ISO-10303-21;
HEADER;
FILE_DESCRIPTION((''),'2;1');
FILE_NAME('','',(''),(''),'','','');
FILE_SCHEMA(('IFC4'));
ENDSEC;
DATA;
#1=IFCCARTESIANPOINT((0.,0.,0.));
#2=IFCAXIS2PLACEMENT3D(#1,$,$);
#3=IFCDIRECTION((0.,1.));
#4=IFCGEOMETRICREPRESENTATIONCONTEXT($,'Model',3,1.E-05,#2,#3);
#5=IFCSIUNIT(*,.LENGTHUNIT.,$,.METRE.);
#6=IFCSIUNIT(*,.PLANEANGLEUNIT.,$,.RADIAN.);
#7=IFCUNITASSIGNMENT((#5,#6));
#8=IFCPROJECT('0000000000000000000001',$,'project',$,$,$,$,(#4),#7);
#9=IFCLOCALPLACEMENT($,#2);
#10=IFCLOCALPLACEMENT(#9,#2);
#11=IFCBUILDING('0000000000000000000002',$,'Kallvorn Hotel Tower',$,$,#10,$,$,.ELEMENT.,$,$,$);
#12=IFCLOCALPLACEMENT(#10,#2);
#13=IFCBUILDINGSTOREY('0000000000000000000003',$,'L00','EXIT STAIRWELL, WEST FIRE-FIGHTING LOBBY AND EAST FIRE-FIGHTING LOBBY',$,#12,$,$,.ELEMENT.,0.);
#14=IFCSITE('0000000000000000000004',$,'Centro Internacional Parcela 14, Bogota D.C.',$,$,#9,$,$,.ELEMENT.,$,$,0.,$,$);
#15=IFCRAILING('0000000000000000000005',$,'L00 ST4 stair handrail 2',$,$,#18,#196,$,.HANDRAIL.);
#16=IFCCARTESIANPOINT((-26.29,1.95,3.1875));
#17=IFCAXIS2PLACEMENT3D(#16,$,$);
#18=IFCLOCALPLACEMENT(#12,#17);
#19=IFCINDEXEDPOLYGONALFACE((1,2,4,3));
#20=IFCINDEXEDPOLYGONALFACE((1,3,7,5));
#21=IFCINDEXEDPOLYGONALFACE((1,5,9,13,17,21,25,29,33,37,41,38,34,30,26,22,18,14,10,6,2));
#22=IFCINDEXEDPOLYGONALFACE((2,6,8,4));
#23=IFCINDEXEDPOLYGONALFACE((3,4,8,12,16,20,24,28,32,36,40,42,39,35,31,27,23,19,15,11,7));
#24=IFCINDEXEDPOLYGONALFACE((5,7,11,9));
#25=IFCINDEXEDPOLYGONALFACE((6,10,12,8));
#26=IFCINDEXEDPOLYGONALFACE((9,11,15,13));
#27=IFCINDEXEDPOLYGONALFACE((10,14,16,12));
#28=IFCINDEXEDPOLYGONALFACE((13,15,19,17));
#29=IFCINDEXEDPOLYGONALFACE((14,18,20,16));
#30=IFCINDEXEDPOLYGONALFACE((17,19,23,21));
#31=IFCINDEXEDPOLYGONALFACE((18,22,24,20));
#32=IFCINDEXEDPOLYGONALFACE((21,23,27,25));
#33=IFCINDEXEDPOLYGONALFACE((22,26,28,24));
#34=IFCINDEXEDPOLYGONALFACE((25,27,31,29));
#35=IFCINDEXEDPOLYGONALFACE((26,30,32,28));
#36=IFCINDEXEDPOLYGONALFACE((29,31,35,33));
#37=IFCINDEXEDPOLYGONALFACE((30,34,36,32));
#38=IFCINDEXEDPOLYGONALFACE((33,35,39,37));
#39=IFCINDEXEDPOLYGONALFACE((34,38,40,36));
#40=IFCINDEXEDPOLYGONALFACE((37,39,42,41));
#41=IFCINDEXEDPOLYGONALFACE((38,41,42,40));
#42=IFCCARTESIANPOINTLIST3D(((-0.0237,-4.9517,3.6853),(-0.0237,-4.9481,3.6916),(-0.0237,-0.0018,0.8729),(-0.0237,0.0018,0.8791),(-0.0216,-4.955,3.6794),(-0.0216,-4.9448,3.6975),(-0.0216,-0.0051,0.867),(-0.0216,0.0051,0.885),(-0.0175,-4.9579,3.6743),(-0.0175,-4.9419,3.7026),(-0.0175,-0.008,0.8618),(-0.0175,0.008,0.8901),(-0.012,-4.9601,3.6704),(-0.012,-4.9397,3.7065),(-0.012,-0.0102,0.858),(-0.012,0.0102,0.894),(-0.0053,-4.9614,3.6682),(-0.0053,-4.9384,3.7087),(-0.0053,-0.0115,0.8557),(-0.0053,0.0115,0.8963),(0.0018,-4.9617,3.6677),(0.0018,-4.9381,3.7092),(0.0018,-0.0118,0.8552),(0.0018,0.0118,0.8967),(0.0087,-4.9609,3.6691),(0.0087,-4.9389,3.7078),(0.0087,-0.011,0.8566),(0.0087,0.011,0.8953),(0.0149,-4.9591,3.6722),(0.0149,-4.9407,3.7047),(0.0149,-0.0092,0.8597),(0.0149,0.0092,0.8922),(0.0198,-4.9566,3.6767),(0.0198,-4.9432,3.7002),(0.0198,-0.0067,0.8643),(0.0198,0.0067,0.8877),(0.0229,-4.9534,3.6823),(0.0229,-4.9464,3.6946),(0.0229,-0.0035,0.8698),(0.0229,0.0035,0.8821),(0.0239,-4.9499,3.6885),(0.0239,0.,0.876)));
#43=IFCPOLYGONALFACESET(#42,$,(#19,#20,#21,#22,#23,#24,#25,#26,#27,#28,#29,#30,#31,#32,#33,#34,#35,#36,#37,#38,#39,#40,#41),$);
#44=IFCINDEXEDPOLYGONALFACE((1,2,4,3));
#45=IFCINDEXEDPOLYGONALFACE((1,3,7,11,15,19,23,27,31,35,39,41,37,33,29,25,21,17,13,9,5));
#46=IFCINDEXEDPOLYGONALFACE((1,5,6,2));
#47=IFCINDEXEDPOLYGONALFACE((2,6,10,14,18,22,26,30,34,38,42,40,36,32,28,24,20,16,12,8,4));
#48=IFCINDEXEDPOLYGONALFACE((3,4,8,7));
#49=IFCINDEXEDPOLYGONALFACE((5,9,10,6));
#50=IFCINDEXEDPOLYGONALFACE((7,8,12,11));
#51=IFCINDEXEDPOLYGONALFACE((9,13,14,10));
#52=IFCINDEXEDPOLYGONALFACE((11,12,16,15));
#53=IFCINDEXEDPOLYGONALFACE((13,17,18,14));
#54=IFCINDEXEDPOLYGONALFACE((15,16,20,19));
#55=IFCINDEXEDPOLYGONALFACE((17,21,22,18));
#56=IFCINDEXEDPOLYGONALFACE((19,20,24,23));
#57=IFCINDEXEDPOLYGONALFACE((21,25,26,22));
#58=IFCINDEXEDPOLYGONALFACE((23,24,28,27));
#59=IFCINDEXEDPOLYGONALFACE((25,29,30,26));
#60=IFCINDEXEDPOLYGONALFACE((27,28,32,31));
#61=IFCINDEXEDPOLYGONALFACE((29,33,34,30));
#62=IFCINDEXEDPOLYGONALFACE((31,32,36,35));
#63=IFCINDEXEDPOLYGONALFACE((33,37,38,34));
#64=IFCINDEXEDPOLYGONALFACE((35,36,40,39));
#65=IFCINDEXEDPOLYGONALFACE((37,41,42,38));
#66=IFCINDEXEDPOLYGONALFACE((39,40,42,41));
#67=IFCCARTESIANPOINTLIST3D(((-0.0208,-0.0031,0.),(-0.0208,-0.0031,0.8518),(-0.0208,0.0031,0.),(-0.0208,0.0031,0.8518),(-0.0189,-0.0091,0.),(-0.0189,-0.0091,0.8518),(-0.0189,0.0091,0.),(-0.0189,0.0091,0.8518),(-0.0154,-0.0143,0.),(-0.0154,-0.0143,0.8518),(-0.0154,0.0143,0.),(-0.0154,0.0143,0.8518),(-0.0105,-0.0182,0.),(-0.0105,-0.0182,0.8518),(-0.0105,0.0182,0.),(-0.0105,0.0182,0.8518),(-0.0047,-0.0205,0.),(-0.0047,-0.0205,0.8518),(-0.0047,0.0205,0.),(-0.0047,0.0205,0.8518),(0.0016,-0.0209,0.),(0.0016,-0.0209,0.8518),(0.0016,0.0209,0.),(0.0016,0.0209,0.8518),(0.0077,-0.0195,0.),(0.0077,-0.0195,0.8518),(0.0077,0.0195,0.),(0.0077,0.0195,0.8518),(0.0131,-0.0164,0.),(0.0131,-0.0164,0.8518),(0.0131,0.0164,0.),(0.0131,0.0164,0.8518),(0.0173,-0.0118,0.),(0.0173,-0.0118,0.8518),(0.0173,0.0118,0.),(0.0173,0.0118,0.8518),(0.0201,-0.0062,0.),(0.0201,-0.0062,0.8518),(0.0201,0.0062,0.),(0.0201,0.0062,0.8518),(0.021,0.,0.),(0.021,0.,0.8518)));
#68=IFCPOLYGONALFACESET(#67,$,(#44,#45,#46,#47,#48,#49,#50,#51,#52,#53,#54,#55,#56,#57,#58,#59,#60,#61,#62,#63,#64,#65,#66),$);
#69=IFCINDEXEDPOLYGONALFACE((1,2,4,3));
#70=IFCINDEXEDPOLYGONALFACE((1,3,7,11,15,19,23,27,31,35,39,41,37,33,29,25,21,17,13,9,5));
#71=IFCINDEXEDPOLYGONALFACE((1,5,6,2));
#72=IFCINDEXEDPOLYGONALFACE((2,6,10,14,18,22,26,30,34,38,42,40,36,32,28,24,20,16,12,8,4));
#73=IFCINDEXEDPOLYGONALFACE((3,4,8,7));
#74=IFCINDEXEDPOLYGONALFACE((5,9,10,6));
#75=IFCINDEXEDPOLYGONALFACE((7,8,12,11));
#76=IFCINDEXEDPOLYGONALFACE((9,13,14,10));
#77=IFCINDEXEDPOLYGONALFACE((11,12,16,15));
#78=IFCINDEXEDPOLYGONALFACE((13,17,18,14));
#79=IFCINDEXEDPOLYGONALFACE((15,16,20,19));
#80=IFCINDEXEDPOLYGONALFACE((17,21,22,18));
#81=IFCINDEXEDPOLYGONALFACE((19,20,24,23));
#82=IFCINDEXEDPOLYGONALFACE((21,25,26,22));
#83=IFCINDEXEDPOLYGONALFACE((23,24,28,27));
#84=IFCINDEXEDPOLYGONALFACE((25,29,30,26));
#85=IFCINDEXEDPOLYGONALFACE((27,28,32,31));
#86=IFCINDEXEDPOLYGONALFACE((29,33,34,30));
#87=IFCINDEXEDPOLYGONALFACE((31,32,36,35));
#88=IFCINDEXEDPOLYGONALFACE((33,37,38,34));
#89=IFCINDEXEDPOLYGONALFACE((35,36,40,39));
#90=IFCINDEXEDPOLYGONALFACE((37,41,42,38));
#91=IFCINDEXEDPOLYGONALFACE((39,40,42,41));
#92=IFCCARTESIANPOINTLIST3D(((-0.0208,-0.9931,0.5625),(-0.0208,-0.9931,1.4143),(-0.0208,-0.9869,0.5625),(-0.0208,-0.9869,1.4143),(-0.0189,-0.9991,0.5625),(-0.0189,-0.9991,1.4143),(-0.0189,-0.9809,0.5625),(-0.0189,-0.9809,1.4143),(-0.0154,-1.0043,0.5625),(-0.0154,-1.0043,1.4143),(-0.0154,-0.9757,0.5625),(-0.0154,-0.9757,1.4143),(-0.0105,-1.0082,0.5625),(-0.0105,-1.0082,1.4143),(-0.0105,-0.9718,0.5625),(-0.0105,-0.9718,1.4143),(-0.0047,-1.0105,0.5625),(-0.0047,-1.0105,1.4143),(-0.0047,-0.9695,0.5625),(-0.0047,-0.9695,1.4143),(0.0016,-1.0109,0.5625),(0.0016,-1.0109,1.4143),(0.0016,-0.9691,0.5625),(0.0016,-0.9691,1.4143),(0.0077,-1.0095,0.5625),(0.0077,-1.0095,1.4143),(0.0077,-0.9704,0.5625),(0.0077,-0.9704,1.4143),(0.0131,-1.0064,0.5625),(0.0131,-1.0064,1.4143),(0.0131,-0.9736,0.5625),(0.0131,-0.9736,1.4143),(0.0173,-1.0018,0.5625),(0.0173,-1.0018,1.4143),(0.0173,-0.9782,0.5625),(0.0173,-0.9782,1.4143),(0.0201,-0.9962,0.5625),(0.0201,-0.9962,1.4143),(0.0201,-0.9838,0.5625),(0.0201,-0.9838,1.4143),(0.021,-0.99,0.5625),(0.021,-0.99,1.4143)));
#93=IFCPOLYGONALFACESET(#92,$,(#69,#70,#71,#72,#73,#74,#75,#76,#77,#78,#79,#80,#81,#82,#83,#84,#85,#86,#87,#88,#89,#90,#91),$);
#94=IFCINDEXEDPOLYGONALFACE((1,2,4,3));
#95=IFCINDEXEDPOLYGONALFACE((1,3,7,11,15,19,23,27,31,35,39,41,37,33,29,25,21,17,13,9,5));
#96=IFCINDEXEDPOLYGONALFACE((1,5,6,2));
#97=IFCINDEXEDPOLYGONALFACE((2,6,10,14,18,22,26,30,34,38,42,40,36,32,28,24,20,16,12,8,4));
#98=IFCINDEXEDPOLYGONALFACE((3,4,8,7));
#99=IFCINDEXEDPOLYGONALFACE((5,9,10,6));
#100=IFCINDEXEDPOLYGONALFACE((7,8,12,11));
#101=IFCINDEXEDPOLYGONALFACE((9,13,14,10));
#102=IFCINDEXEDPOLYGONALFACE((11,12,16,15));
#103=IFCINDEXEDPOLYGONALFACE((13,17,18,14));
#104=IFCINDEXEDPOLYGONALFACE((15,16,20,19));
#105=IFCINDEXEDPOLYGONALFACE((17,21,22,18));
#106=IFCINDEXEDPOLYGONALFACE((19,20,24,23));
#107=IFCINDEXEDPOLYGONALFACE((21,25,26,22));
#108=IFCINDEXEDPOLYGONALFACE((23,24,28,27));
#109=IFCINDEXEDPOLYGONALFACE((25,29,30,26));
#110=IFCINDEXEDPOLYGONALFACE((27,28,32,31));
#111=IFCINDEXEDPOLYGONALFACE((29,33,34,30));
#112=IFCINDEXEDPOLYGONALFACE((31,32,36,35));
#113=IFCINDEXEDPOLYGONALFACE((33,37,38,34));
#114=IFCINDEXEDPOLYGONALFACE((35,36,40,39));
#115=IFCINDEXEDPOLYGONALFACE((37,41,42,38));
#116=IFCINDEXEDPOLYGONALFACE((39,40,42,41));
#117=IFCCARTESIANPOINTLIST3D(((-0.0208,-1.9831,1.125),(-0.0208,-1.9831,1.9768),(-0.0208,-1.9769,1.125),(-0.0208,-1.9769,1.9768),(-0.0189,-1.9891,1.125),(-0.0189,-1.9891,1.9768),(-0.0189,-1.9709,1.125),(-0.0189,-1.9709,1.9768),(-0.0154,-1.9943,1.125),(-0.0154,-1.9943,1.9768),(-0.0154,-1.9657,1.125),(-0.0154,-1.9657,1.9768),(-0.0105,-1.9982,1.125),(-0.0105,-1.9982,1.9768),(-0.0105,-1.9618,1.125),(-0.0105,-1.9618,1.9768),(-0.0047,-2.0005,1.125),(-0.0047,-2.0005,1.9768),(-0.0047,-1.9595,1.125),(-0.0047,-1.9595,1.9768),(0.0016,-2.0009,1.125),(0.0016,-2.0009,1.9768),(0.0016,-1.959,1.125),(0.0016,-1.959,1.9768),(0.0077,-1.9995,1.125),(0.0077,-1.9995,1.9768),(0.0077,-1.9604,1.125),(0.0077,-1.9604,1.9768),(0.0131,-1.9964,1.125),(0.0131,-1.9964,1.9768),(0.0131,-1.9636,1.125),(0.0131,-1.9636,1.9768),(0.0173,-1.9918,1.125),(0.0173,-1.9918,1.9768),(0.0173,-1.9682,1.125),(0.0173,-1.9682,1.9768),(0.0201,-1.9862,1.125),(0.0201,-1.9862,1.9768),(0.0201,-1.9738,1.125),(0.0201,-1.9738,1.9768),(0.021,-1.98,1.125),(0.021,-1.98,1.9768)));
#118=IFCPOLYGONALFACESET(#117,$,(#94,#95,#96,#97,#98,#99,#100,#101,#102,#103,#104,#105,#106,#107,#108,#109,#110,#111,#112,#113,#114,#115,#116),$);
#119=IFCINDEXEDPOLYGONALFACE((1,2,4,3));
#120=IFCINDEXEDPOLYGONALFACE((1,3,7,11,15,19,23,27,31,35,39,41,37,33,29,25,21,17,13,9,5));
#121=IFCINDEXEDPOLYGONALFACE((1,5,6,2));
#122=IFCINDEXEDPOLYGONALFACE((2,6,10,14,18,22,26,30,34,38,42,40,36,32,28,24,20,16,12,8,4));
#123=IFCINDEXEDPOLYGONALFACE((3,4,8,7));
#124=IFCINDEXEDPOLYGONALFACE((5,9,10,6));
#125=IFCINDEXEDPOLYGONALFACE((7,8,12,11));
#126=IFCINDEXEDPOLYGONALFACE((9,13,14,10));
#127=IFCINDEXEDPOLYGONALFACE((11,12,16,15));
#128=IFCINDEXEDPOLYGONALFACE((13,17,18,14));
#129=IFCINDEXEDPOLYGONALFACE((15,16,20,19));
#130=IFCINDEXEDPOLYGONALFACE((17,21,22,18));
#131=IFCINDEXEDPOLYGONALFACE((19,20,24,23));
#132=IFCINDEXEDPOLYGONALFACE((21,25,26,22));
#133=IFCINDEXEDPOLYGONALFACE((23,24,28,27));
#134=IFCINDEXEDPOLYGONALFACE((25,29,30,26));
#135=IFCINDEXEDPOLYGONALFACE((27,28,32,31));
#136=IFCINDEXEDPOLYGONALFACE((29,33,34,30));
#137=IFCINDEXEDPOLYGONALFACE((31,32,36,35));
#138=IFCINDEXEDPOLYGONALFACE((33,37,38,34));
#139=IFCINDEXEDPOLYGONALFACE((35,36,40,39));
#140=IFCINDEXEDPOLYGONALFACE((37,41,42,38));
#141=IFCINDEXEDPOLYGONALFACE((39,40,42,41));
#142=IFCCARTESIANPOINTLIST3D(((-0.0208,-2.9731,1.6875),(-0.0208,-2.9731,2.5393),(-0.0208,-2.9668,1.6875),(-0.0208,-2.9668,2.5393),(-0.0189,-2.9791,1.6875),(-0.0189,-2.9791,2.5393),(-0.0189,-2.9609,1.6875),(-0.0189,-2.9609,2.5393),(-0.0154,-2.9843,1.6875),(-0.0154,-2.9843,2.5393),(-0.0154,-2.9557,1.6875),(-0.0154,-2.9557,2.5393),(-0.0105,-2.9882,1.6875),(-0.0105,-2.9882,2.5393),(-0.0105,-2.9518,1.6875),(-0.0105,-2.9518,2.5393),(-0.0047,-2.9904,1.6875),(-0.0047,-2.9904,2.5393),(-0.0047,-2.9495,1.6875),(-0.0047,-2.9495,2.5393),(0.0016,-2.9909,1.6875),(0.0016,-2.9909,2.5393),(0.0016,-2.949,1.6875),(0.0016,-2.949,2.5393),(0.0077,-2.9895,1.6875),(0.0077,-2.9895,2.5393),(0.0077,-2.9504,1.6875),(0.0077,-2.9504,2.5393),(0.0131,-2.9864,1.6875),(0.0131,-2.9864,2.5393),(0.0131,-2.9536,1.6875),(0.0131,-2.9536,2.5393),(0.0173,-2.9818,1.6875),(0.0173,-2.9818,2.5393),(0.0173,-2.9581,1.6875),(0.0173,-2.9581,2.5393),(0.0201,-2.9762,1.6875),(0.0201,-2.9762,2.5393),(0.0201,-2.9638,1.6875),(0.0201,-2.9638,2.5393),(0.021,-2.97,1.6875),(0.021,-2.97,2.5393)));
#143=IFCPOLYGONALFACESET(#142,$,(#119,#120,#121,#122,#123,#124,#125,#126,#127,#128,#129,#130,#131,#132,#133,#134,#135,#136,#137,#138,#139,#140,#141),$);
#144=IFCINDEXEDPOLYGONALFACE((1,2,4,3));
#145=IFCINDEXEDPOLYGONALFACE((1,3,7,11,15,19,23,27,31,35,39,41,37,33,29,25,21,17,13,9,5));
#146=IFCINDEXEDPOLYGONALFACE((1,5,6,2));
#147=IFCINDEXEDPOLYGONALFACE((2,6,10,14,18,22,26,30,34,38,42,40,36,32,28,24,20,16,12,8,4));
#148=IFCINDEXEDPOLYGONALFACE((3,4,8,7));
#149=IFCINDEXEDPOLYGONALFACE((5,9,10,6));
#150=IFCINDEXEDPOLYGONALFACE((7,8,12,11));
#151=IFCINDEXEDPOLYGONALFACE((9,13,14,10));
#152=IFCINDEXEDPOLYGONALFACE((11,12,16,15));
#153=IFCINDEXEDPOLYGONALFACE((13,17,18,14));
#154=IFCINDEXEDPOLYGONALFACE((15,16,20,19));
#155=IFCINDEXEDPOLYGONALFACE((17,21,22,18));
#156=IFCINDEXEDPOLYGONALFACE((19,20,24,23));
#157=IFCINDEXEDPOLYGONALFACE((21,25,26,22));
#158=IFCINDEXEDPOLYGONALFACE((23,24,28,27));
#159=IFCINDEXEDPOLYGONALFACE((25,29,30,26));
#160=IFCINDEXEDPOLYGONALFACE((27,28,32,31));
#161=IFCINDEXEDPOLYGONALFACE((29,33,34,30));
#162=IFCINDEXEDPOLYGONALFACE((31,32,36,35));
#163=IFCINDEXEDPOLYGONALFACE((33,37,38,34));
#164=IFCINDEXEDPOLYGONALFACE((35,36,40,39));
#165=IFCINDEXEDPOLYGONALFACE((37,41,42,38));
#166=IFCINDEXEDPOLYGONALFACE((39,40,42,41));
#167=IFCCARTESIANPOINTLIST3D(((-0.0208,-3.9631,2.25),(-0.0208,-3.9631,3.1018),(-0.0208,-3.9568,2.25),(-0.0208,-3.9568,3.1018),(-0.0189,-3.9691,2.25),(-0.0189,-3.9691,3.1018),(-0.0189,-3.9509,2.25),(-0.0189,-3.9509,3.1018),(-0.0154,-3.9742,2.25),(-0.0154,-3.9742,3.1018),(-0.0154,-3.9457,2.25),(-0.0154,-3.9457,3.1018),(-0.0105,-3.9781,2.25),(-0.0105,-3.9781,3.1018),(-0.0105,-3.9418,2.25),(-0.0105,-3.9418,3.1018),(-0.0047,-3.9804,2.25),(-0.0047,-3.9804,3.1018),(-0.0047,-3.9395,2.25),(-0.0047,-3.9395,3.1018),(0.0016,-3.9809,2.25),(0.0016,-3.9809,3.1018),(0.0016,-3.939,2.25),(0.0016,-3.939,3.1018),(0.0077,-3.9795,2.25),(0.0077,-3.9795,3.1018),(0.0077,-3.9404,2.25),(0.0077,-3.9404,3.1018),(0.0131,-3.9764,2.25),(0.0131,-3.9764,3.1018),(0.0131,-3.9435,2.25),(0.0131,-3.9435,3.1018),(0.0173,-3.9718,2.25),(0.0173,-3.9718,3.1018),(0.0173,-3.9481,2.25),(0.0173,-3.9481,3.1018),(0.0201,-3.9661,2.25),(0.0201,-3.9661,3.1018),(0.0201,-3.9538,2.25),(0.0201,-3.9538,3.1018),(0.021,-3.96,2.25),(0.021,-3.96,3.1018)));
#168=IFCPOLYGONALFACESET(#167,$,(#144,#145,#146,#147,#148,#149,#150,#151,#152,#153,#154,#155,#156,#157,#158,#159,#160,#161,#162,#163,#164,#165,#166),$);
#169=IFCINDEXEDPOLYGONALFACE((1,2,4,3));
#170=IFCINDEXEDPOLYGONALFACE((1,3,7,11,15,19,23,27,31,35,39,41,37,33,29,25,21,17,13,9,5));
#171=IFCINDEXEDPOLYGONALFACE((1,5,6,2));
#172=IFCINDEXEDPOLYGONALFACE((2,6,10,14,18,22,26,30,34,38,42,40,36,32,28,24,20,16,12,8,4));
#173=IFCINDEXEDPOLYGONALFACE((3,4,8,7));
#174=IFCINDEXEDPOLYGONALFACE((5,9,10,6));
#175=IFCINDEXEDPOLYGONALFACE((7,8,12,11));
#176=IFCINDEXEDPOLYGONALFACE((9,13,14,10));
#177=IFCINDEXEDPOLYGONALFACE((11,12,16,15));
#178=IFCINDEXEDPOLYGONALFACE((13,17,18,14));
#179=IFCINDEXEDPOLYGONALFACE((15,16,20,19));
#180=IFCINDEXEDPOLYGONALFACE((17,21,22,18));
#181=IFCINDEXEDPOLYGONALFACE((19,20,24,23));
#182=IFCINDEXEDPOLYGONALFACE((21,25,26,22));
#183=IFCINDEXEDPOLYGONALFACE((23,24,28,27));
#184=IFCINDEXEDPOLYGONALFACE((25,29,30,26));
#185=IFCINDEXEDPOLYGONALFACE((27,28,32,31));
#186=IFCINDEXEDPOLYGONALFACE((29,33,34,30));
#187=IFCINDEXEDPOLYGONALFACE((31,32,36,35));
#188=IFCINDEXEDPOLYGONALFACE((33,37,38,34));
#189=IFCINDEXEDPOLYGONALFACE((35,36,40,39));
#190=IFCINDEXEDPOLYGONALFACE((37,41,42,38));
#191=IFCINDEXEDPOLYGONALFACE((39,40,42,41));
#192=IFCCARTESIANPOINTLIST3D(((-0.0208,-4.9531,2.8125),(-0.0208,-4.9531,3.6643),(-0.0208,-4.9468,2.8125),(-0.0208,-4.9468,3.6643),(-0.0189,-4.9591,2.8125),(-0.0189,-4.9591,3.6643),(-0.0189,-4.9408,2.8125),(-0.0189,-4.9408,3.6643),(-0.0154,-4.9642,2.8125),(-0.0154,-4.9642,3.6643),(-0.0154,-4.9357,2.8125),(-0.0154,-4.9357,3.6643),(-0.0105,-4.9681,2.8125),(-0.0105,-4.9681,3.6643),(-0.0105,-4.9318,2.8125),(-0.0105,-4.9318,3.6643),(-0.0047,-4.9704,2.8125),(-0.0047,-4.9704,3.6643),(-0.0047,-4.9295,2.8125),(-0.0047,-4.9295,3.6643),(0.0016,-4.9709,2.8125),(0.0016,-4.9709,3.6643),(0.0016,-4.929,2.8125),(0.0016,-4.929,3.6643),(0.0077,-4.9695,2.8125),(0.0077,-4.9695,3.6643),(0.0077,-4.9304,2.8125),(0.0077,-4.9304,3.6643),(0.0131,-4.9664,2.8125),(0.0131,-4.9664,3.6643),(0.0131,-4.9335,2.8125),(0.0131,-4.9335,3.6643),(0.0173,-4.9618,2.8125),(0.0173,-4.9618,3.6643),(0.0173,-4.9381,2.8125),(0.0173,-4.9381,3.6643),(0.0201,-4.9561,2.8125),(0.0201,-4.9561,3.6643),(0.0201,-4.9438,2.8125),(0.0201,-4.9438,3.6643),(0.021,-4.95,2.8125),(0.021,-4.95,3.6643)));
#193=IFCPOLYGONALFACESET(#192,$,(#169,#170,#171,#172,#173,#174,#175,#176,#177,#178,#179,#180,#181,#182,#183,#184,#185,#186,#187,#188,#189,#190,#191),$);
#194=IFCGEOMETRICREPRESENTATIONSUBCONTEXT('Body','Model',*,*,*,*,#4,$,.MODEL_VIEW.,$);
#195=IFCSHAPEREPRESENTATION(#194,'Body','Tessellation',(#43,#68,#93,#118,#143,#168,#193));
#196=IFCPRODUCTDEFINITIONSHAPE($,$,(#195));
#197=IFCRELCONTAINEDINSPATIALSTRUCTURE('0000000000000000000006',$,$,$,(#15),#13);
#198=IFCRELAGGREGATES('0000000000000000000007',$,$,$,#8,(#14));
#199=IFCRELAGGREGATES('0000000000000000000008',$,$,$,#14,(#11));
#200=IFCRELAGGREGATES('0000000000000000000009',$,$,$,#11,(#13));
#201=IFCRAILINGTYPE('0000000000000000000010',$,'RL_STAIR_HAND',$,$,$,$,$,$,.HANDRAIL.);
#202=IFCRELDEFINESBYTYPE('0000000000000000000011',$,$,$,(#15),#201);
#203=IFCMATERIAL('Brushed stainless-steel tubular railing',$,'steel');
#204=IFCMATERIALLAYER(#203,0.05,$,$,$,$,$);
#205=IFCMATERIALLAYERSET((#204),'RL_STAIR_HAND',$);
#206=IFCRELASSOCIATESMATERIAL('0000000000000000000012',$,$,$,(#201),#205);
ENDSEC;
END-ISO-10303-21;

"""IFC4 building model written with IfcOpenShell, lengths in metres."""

from ifc_helpers import new_model, si_unit, direction, frame, origin, origin_2d, place, context, subcontext, project, spatial, circle, extrude, material, layer, layer_set, type_object, element, save


model = new_model("IFC4")

# Units and contexts
model_context = context("Model", 3, precision=1e-05, world=origin(), true_north=direction((0.0, 1.0)))
body_context = subcontext(model_context, "Body", "Model", "MODEL_VIEW")
ifc_project = project(units=[si_unit("LENGTHUNIT", "METRE"), si_unit("PLANEANGLEUNIT", "RADIAN")], contexts=[model_context])

# Site, building, storey
site_placement = place(None, origin())
site = spatial("IfcSite", under=ifc_project, at=site_placement, Name="Centro Internacional Parcela 14, Bogota D.C.", CompositionType="ELEMENT", RefElevation=0.0)
building_placement = place(site_placement, origin())
building = spatial("IfcBuilding", under=site, at=building_placement, Name="Kallvorn Hotel Tower", CompositionType="ELEMENT")
storey_placement = place(building_placement, origin())
storey = spatial("IfcBuildingStorey", under=building, at=storey_placement, Name="L00", Description="EXIT STAIRWELL, WEST FIRE-FIGHTING LOBBY AND EAST FIRE-FIGHTING LOBBY", CompositionType="ELEMENT", Elevation=0.0)

# Railing
ifc_material_1 = material(Name="Brushed stainless-steel tubular railing", Category="steel")
ifc_layer_1 = layer(ifc_material_1, 0.05)
ifc_layer_set_1 = layer_set([ifc_layer_1], Name="RL_STAIR_HAND")
railing_type_1 = type_object("IfcRailingType", Name="RL_STAIR_HAND", PredefinedType="HANDRAIL", material=ifc_layer_set_1)
railing_1_placement = place(storey_placement, frame((-26.29, 1.95, 3.1875)))
element("IfcRailing", 1, at=railing_1_placement, inside=storey, type_object=railing_type_1, Name="L00 ST4 stair handrail 2", PredefinedType="HANDRAIL", context=body_context, shape_type="SweptSolid", body=[
    extrude(circle(Radius=0.0239, at=origin_2d()), frame((0.0, 0.0, 0.876), z_axis=(0.0, -0.869454, 0.494013), x_axis=(1.0, 0.0, 0.0)), (0.0, 0.0, 1.0), 5.6931),
    extrude(circle(Radius=0.021, at=origin_2d()), origin(), (0.0, 0.0, 1.0), 0.8518),
    extrude(circle(Radius=0.021, at=origin_2d()), frame((0.0, -0.99, 0.5625)), (0.0, 0.0, 1.0), 0.8518),
    extrude(circle(Radius=0.021, at=origin_2d()), frame((0.0, -1.98, 1.125)), (0.0, 0.0, 1.0), 0.8518),
    extrude(circle(Radius=0.021, at=origin_2d()), frame((0.0, -2.97, 1.6875)), (0.0, 0.0, 1.0), 0.8518),
    extrude(circle(Radius=0.021, at=origin_2d()), frame((0.0, -3.96, 2.25)), (0.0, 0.0, 1.0), 0.8518),
    extrude(circle(Radius=0.021, at=origin_2d()), frame((0.0, -4.95, 2.8125)), (0.0, 0.0, 1.0), 0.8518),
])

save(model, "model.ifc")
